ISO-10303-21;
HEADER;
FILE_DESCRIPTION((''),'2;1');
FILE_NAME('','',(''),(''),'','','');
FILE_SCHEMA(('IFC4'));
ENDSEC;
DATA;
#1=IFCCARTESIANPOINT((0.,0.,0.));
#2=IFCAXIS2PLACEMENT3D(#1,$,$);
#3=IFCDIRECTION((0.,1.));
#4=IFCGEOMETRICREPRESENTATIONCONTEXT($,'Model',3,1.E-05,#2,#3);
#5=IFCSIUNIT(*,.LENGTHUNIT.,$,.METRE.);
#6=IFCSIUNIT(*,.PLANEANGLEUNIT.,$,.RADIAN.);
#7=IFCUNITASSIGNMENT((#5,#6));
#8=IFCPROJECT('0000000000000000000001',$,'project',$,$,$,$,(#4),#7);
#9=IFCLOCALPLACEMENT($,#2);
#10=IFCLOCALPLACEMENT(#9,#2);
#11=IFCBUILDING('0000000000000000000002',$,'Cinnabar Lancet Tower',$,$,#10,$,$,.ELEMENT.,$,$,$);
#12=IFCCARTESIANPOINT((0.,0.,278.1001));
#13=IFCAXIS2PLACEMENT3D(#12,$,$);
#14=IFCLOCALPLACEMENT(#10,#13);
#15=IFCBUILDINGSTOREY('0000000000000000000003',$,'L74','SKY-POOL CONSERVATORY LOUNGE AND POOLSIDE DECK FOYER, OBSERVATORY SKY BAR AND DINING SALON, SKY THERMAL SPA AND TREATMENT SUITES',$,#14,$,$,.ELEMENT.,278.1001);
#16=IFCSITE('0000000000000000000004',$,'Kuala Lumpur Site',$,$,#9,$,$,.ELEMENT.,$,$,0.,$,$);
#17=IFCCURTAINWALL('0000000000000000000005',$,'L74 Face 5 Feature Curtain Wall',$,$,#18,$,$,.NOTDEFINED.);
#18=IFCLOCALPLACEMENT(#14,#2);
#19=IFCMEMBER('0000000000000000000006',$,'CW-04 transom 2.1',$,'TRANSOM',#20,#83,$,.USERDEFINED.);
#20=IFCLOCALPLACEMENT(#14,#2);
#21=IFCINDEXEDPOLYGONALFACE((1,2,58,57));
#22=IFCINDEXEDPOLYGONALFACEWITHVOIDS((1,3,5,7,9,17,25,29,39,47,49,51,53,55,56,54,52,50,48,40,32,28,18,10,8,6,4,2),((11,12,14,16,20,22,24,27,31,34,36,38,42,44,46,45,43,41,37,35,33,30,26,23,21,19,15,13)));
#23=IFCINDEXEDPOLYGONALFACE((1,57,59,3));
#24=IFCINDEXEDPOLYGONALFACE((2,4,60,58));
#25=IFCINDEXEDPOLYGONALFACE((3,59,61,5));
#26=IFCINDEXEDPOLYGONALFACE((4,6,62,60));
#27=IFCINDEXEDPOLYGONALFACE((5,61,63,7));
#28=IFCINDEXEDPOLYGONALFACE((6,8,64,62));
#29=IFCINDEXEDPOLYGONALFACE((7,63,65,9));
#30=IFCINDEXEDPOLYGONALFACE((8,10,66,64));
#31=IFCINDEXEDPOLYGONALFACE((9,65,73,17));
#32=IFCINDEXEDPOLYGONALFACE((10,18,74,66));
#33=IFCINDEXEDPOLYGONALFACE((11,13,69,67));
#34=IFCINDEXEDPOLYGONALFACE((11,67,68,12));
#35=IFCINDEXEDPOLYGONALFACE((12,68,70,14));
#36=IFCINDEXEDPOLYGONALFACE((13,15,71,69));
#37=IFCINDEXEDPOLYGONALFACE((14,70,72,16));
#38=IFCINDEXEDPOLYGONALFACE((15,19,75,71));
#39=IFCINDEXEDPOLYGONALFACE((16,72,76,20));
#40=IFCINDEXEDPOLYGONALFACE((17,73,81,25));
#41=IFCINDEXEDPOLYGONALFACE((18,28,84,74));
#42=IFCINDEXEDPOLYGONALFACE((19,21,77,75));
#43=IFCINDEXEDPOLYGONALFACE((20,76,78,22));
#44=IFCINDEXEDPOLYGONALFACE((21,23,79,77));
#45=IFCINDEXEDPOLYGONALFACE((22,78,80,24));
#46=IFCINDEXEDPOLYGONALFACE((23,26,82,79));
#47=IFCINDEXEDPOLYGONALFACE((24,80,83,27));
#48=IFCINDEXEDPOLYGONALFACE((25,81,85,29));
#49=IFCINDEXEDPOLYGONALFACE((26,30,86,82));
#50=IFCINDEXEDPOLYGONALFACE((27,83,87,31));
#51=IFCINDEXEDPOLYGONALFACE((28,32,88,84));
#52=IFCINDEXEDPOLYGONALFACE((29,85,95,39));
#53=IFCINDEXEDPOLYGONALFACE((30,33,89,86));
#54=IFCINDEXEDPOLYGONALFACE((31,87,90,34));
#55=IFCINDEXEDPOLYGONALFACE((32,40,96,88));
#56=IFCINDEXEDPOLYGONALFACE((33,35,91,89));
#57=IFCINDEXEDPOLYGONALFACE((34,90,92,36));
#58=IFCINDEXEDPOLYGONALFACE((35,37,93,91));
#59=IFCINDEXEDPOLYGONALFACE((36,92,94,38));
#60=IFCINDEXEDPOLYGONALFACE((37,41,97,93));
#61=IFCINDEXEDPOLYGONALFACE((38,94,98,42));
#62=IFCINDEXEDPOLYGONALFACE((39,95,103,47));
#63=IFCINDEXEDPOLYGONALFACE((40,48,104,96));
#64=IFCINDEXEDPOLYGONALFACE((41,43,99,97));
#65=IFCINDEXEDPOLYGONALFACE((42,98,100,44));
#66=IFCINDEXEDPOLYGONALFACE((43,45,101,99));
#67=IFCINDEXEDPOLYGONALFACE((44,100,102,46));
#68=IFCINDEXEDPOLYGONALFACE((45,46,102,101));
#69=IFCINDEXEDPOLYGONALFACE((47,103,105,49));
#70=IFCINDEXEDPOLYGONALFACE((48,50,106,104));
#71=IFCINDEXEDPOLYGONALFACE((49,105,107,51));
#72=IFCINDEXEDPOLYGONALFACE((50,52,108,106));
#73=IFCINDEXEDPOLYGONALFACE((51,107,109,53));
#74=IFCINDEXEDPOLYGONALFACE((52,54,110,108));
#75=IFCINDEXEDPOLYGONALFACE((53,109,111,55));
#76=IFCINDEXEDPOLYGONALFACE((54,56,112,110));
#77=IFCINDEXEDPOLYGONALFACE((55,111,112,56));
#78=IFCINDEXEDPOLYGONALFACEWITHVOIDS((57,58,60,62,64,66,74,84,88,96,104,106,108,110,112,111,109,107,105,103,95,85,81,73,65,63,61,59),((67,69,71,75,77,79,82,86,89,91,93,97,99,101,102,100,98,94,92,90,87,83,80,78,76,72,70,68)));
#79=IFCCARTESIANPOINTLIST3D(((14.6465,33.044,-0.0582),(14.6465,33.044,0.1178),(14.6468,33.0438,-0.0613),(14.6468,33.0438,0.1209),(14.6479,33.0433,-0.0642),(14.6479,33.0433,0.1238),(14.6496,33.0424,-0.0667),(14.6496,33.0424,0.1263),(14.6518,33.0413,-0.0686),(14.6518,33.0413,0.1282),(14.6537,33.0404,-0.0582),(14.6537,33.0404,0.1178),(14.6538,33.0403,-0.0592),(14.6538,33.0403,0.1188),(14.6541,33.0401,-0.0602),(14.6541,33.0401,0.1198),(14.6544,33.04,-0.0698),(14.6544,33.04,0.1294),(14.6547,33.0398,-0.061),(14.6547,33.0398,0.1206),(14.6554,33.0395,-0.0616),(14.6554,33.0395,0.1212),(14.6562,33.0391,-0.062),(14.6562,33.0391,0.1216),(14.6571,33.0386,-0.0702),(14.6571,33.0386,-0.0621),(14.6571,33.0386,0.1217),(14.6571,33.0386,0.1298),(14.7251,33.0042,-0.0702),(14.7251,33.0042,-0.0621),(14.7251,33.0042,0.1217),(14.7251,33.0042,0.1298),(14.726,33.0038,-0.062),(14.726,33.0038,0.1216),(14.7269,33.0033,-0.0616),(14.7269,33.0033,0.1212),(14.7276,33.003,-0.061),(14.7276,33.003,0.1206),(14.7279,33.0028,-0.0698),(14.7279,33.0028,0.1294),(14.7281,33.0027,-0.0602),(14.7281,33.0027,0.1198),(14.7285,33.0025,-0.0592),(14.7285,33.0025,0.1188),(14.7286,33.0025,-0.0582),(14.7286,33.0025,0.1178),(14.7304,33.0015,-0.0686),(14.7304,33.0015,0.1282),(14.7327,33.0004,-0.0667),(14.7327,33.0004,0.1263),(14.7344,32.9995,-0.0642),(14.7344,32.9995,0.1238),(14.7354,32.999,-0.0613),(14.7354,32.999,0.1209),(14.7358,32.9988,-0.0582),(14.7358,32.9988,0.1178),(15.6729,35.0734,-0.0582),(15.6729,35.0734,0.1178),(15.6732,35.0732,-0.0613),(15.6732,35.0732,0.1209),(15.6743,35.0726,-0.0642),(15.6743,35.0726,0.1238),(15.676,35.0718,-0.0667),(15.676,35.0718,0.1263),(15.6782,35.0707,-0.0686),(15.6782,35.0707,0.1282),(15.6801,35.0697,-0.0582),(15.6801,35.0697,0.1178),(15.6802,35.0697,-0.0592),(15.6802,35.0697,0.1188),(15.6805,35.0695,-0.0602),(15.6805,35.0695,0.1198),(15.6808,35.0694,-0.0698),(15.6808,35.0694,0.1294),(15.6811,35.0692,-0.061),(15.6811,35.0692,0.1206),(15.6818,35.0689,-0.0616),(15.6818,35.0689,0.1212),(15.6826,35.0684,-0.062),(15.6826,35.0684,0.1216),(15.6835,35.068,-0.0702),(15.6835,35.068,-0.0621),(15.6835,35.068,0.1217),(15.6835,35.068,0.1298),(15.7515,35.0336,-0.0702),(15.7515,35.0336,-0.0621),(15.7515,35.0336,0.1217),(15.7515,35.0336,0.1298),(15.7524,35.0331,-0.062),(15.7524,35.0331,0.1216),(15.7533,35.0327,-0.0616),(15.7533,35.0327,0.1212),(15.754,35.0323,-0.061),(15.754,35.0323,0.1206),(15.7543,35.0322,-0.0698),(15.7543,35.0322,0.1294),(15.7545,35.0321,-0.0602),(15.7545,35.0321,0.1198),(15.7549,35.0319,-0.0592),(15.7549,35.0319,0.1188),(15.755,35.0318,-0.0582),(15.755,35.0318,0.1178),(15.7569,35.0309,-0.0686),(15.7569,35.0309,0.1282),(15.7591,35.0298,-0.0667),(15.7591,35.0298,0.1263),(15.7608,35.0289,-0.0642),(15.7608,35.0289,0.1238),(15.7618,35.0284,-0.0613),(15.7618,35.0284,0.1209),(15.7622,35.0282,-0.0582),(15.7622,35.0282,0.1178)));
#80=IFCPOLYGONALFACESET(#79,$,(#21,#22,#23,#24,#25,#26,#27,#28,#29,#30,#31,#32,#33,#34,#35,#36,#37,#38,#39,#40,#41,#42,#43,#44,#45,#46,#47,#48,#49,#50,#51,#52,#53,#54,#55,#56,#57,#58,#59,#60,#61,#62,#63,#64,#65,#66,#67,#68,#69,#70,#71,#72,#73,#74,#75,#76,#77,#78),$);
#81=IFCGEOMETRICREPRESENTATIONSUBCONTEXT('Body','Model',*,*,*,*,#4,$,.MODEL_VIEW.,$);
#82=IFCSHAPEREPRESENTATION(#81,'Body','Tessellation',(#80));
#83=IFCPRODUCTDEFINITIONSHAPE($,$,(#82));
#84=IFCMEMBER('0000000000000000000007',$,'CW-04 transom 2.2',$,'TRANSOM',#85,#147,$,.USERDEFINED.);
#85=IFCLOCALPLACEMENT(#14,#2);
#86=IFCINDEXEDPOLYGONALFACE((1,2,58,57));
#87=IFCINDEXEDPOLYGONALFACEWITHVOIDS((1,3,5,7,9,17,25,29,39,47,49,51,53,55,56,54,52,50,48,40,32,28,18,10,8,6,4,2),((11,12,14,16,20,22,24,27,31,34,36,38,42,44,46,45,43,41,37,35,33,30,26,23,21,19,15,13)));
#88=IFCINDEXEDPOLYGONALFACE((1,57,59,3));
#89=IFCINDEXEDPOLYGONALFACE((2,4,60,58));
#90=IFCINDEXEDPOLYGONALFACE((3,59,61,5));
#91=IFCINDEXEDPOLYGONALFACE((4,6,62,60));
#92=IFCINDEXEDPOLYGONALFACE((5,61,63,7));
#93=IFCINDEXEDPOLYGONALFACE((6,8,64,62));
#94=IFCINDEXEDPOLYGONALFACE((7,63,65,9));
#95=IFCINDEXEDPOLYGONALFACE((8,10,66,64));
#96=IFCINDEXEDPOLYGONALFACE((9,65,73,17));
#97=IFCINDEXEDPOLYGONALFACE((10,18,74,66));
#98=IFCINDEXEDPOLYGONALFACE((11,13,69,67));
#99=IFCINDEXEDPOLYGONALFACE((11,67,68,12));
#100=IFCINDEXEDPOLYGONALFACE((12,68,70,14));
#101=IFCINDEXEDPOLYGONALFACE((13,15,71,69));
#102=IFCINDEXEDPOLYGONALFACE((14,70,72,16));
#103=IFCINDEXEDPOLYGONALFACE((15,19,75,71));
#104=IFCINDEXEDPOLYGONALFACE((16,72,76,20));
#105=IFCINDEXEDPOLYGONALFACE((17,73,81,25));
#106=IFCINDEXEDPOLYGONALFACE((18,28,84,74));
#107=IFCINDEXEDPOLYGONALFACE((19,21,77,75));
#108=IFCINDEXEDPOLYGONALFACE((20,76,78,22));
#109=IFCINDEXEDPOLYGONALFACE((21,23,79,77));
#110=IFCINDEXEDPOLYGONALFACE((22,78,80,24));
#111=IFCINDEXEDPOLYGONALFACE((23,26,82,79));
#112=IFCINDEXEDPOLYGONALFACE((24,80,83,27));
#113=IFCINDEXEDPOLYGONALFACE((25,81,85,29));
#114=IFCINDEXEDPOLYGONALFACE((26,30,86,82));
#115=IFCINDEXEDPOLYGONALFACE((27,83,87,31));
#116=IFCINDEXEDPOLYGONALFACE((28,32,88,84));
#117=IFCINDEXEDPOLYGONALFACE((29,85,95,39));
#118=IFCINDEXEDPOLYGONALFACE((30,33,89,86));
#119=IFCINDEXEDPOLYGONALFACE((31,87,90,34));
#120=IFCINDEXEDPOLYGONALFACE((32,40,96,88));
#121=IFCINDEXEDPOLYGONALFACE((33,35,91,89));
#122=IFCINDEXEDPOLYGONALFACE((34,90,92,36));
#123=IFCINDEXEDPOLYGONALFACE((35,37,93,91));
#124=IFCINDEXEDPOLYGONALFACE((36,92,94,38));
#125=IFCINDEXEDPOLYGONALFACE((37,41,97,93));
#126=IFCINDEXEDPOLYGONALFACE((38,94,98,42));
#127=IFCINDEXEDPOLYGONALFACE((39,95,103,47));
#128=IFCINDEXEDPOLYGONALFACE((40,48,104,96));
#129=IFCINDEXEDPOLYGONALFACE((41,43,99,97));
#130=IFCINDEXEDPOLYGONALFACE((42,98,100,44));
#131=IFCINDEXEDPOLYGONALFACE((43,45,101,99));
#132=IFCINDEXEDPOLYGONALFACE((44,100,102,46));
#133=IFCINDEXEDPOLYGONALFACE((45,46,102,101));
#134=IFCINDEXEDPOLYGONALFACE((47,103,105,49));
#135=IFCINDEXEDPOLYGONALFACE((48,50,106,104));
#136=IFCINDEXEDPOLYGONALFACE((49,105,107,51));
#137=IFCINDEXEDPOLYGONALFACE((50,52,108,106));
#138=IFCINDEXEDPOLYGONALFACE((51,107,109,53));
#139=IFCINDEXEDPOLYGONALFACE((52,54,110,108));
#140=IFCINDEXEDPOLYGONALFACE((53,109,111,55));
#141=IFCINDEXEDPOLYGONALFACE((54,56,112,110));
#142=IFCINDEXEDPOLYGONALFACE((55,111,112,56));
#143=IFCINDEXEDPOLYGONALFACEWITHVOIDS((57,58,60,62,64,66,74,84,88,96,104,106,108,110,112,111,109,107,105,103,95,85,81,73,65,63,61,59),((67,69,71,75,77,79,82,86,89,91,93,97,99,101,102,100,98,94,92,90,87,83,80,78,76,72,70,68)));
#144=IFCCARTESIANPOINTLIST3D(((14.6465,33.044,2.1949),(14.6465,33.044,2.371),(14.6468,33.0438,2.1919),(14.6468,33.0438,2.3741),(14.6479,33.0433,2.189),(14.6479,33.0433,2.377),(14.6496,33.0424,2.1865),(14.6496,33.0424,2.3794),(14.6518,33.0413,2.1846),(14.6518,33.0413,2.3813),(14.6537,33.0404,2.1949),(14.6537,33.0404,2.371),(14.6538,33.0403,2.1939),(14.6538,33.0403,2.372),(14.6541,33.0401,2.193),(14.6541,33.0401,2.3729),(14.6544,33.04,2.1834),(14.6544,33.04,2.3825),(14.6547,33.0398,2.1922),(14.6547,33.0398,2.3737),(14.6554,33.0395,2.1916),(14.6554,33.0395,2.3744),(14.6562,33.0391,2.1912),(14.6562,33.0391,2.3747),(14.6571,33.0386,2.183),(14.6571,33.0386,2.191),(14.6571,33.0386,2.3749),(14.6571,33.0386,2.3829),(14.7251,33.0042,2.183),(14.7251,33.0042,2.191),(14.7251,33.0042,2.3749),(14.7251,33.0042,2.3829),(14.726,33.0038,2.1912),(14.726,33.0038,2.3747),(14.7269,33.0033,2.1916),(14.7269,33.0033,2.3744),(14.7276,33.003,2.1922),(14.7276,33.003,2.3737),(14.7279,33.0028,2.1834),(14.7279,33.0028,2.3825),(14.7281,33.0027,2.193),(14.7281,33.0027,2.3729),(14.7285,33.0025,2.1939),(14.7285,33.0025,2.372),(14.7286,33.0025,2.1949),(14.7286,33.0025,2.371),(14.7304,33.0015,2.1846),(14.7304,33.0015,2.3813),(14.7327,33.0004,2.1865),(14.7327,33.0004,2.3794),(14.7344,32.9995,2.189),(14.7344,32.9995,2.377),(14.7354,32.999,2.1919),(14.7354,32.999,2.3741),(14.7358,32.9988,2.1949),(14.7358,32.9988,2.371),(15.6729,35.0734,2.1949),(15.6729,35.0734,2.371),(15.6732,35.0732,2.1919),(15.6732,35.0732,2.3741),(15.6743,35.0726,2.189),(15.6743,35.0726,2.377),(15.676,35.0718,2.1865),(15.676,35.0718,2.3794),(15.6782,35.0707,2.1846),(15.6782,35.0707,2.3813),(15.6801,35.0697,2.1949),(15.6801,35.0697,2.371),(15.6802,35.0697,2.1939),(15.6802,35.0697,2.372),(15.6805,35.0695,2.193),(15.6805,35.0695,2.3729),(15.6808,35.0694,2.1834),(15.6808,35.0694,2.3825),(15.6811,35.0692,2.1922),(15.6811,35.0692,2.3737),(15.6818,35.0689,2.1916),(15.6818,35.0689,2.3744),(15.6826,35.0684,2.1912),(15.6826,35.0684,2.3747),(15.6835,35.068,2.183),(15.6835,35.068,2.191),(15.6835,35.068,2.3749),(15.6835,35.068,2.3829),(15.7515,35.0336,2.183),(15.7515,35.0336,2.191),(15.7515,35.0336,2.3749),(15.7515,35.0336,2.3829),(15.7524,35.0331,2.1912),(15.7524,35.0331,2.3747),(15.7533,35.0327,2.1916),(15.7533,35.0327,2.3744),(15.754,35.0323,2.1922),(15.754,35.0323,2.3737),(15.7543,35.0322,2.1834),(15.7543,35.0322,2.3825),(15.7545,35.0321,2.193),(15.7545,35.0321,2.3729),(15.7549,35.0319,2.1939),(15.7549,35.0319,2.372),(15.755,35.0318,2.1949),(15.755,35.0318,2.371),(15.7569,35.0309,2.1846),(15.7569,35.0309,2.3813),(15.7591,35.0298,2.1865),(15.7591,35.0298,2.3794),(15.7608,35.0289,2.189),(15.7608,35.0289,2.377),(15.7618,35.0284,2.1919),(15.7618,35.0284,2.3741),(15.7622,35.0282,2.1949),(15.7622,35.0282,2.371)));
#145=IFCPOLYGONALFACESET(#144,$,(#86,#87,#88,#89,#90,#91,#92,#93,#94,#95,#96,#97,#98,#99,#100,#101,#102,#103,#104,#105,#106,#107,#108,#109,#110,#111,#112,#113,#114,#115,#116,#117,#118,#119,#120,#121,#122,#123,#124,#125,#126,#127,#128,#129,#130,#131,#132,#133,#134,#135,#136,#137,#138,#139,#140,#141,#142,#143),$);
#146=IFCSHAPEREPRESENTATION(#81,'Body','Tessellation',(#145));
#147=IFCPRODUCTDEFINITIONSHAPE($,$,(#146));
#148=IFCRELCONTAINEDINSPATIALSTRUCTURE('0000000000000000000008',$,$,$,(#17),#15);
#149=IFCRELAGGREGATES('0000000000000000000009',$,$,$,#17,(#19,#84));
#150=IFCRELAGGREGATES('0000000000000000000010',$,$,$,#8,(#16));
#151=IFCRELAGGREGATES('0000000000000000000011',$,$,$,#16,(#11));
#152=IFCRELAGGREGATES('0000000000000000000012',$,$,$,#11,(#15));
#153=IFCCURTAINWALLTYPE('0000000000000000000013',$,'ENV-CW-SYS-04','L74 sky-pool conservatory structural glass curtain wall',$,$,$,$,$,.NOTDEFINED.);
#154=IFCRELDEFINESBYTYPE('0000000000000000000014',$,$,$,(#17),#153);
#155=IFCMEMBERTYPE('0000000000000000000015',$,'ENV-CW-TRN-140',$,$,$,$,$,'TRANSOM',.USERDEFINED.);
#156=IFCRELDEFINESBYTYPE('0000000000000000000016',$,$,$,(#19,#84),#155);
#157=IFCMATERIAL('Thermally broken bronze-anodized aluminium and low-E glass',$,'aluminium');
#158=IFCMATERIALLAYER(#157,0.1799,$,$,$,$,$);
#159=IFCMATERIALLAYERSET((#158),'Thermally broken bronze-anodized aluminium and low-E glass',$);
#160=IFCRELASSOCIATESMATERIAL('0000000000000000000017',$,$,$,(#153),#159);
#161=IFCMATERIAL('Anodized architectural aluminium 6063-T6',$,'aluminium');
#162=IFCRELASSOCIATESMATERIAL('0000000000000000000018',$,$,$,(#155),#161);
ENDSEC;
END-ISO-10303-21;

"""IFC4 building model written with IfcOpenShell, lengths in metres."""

from ifc_helpers import new_model, si_unit, direction, frame, origin, origin_2d, place, context, subcontext, project, spatial, hollow_rectangle, extrude, material, layer, layer_set, material_profile, profile_set, type_object, element, aggregate, save


model = new_model("IFC4")

# Units and contexts
model_context = context("Model", 3, precision=1e-05, world=origin(), true_north=direction((0.0, 1.0)))
body_context = subcontext(model_context, "Body", "Model", "MODEL_VIEW")
ifc_project = project(units=[si_unit("LENGTHUNIT", "METRE"), si_unit("PLANEANGLEUNIT", "RADIAN")], contexts=[model_context])

# Site, building, storey
site_placement = place(None, origin())
site = spatial("IfcSite", under=ifc_project, at=site_placement, Name="Kuala Lumpur Site", CompositionType="ELEMENT", RefElevation=0.0)
building_placement = place(site_placement, origin())
building = spatial("IfcBuilding", under=site, at=building_placement, Name="Cinnabar Lancet Tower", CompositionType="ELEMENT")
storey_placement = place(building_placement, frame((0.0, 0.0, 278.1001)))
storey = spatial("IfcBuildingStorey", under=building, at=storey_placement, Name="L74", Description="SKY-POOL CONSERVATORY LOUNGE AND POOLSIDE DECK FOYER, OBSERVATORY SKY BAR AND DINING SALON, SKY THERMAL SPA AND TREATMENT SUITES", CompositionType="ELEMENT", Elevation=278.1001)

# Curtain wall, members
ifc_material_1 = material(Name="Thermally broken bronze-anodized aluminium and low-E glass", Category="aluminium")
ifc_layer_1 = layer(ifc_material_1, 0.1799)
ifc_layer_set_1 = layer_set([ifc_layer_1], Name="Thermally broken bronze-anodized aluminium and low-E glass")
curtain_wall_type = type_object("IfcCurtainWallType", Name="ENV-CW-SYS-04", Description="L74 sky-pool conservatory structural glass curtain wall", PredefinedType="NOTDEFINED", material=ifc_layer_set_1)
curtain_wall_placement = place(storey_placement, origin())
curtain_wall = element("IfcCurtainWall", 1, at=curtain_wall_placement, inside=storey, type_object=curtain_wall_type, Name="L74 Face 5 Feature Curtain Wall", PredefinedType="NOTDEFINED")
ifc_material_2 = material(Name="Anodized architectural aluminium 6063-T6", Category="aluminium")
ifc_material_profile_1 = material_profile(ifc_material_2, hollow_rectangle(XDim=0.1001, YDim=0.2, WallThickness=0.0081, InnerFilletRadius=0.0039, OuterFilletRadius=0.012, at=origin_2d()), Name="RHS 200x100x8")
ifc_profile_set_1 = profile_set([ifc_material_profile_1], Name="Anodized architectural aluminium 6063-T6")
member_type_1 = type_object("IfcMemberType", Name="ENV-CW-TRN-140", ElementType="TRANSOM", PredefinedType="USERDEFINED", material=ifc_profile_set_1)
member_1_placement = place(storey_placement, frame((15.7175, 35.0508, 0.0298), z_axis=(-0.451331, -0.892356, 0.0), x_axis=(0.892356, -0.451331, 0.0)))
member_1 = element("IfcMember", 2, at=member_1_placement, type_object=member_type_1, Name="CW-04 transom 2.1", ObjectType="TRANSOM", PredefinedType="USERDEFINED", context=body_context, shape_type="SweptSolid", body=[
    extrude(hollow_rectangle(XDim=0.1001, YDim=0.2, WallThickness=0.0081, InnerFilletRadius=0.0039, OuterFilletRadius=0.012, at=origin_2d()), origin(), (0.0, 0.0, 1.0), 2.2742),
])
member_2_placement = place(storey_placement, frame((15.7175, 35.0508, 2.283), z_axis=(-0.451331, -0.892356, 0.0), x_axis=(0.892356, -0.451331, 0.0)))
member_2 = element("IfcMember", 3, at=member_2_placement, type_object=member_type_1, Name="CW-04 transom 2.2", ObjectType="TRANSOM", PredefinedType="USERDEFINED", context=body_context, shape_type="SweptSolid", body=[
    extrude(hollow_rectangle(XDim=0.1001, YDim=0.2, WallThickness=0.0081, InnerFilletRadius=0.0039, OuterFilletRadius=0.012, at=origin_2d()), origin(), (0.0, 0.0, 1.0), 2.2742),
])

aggregate(curtain_wall, [member_1, member_2])

save(model, "model.ifc")
